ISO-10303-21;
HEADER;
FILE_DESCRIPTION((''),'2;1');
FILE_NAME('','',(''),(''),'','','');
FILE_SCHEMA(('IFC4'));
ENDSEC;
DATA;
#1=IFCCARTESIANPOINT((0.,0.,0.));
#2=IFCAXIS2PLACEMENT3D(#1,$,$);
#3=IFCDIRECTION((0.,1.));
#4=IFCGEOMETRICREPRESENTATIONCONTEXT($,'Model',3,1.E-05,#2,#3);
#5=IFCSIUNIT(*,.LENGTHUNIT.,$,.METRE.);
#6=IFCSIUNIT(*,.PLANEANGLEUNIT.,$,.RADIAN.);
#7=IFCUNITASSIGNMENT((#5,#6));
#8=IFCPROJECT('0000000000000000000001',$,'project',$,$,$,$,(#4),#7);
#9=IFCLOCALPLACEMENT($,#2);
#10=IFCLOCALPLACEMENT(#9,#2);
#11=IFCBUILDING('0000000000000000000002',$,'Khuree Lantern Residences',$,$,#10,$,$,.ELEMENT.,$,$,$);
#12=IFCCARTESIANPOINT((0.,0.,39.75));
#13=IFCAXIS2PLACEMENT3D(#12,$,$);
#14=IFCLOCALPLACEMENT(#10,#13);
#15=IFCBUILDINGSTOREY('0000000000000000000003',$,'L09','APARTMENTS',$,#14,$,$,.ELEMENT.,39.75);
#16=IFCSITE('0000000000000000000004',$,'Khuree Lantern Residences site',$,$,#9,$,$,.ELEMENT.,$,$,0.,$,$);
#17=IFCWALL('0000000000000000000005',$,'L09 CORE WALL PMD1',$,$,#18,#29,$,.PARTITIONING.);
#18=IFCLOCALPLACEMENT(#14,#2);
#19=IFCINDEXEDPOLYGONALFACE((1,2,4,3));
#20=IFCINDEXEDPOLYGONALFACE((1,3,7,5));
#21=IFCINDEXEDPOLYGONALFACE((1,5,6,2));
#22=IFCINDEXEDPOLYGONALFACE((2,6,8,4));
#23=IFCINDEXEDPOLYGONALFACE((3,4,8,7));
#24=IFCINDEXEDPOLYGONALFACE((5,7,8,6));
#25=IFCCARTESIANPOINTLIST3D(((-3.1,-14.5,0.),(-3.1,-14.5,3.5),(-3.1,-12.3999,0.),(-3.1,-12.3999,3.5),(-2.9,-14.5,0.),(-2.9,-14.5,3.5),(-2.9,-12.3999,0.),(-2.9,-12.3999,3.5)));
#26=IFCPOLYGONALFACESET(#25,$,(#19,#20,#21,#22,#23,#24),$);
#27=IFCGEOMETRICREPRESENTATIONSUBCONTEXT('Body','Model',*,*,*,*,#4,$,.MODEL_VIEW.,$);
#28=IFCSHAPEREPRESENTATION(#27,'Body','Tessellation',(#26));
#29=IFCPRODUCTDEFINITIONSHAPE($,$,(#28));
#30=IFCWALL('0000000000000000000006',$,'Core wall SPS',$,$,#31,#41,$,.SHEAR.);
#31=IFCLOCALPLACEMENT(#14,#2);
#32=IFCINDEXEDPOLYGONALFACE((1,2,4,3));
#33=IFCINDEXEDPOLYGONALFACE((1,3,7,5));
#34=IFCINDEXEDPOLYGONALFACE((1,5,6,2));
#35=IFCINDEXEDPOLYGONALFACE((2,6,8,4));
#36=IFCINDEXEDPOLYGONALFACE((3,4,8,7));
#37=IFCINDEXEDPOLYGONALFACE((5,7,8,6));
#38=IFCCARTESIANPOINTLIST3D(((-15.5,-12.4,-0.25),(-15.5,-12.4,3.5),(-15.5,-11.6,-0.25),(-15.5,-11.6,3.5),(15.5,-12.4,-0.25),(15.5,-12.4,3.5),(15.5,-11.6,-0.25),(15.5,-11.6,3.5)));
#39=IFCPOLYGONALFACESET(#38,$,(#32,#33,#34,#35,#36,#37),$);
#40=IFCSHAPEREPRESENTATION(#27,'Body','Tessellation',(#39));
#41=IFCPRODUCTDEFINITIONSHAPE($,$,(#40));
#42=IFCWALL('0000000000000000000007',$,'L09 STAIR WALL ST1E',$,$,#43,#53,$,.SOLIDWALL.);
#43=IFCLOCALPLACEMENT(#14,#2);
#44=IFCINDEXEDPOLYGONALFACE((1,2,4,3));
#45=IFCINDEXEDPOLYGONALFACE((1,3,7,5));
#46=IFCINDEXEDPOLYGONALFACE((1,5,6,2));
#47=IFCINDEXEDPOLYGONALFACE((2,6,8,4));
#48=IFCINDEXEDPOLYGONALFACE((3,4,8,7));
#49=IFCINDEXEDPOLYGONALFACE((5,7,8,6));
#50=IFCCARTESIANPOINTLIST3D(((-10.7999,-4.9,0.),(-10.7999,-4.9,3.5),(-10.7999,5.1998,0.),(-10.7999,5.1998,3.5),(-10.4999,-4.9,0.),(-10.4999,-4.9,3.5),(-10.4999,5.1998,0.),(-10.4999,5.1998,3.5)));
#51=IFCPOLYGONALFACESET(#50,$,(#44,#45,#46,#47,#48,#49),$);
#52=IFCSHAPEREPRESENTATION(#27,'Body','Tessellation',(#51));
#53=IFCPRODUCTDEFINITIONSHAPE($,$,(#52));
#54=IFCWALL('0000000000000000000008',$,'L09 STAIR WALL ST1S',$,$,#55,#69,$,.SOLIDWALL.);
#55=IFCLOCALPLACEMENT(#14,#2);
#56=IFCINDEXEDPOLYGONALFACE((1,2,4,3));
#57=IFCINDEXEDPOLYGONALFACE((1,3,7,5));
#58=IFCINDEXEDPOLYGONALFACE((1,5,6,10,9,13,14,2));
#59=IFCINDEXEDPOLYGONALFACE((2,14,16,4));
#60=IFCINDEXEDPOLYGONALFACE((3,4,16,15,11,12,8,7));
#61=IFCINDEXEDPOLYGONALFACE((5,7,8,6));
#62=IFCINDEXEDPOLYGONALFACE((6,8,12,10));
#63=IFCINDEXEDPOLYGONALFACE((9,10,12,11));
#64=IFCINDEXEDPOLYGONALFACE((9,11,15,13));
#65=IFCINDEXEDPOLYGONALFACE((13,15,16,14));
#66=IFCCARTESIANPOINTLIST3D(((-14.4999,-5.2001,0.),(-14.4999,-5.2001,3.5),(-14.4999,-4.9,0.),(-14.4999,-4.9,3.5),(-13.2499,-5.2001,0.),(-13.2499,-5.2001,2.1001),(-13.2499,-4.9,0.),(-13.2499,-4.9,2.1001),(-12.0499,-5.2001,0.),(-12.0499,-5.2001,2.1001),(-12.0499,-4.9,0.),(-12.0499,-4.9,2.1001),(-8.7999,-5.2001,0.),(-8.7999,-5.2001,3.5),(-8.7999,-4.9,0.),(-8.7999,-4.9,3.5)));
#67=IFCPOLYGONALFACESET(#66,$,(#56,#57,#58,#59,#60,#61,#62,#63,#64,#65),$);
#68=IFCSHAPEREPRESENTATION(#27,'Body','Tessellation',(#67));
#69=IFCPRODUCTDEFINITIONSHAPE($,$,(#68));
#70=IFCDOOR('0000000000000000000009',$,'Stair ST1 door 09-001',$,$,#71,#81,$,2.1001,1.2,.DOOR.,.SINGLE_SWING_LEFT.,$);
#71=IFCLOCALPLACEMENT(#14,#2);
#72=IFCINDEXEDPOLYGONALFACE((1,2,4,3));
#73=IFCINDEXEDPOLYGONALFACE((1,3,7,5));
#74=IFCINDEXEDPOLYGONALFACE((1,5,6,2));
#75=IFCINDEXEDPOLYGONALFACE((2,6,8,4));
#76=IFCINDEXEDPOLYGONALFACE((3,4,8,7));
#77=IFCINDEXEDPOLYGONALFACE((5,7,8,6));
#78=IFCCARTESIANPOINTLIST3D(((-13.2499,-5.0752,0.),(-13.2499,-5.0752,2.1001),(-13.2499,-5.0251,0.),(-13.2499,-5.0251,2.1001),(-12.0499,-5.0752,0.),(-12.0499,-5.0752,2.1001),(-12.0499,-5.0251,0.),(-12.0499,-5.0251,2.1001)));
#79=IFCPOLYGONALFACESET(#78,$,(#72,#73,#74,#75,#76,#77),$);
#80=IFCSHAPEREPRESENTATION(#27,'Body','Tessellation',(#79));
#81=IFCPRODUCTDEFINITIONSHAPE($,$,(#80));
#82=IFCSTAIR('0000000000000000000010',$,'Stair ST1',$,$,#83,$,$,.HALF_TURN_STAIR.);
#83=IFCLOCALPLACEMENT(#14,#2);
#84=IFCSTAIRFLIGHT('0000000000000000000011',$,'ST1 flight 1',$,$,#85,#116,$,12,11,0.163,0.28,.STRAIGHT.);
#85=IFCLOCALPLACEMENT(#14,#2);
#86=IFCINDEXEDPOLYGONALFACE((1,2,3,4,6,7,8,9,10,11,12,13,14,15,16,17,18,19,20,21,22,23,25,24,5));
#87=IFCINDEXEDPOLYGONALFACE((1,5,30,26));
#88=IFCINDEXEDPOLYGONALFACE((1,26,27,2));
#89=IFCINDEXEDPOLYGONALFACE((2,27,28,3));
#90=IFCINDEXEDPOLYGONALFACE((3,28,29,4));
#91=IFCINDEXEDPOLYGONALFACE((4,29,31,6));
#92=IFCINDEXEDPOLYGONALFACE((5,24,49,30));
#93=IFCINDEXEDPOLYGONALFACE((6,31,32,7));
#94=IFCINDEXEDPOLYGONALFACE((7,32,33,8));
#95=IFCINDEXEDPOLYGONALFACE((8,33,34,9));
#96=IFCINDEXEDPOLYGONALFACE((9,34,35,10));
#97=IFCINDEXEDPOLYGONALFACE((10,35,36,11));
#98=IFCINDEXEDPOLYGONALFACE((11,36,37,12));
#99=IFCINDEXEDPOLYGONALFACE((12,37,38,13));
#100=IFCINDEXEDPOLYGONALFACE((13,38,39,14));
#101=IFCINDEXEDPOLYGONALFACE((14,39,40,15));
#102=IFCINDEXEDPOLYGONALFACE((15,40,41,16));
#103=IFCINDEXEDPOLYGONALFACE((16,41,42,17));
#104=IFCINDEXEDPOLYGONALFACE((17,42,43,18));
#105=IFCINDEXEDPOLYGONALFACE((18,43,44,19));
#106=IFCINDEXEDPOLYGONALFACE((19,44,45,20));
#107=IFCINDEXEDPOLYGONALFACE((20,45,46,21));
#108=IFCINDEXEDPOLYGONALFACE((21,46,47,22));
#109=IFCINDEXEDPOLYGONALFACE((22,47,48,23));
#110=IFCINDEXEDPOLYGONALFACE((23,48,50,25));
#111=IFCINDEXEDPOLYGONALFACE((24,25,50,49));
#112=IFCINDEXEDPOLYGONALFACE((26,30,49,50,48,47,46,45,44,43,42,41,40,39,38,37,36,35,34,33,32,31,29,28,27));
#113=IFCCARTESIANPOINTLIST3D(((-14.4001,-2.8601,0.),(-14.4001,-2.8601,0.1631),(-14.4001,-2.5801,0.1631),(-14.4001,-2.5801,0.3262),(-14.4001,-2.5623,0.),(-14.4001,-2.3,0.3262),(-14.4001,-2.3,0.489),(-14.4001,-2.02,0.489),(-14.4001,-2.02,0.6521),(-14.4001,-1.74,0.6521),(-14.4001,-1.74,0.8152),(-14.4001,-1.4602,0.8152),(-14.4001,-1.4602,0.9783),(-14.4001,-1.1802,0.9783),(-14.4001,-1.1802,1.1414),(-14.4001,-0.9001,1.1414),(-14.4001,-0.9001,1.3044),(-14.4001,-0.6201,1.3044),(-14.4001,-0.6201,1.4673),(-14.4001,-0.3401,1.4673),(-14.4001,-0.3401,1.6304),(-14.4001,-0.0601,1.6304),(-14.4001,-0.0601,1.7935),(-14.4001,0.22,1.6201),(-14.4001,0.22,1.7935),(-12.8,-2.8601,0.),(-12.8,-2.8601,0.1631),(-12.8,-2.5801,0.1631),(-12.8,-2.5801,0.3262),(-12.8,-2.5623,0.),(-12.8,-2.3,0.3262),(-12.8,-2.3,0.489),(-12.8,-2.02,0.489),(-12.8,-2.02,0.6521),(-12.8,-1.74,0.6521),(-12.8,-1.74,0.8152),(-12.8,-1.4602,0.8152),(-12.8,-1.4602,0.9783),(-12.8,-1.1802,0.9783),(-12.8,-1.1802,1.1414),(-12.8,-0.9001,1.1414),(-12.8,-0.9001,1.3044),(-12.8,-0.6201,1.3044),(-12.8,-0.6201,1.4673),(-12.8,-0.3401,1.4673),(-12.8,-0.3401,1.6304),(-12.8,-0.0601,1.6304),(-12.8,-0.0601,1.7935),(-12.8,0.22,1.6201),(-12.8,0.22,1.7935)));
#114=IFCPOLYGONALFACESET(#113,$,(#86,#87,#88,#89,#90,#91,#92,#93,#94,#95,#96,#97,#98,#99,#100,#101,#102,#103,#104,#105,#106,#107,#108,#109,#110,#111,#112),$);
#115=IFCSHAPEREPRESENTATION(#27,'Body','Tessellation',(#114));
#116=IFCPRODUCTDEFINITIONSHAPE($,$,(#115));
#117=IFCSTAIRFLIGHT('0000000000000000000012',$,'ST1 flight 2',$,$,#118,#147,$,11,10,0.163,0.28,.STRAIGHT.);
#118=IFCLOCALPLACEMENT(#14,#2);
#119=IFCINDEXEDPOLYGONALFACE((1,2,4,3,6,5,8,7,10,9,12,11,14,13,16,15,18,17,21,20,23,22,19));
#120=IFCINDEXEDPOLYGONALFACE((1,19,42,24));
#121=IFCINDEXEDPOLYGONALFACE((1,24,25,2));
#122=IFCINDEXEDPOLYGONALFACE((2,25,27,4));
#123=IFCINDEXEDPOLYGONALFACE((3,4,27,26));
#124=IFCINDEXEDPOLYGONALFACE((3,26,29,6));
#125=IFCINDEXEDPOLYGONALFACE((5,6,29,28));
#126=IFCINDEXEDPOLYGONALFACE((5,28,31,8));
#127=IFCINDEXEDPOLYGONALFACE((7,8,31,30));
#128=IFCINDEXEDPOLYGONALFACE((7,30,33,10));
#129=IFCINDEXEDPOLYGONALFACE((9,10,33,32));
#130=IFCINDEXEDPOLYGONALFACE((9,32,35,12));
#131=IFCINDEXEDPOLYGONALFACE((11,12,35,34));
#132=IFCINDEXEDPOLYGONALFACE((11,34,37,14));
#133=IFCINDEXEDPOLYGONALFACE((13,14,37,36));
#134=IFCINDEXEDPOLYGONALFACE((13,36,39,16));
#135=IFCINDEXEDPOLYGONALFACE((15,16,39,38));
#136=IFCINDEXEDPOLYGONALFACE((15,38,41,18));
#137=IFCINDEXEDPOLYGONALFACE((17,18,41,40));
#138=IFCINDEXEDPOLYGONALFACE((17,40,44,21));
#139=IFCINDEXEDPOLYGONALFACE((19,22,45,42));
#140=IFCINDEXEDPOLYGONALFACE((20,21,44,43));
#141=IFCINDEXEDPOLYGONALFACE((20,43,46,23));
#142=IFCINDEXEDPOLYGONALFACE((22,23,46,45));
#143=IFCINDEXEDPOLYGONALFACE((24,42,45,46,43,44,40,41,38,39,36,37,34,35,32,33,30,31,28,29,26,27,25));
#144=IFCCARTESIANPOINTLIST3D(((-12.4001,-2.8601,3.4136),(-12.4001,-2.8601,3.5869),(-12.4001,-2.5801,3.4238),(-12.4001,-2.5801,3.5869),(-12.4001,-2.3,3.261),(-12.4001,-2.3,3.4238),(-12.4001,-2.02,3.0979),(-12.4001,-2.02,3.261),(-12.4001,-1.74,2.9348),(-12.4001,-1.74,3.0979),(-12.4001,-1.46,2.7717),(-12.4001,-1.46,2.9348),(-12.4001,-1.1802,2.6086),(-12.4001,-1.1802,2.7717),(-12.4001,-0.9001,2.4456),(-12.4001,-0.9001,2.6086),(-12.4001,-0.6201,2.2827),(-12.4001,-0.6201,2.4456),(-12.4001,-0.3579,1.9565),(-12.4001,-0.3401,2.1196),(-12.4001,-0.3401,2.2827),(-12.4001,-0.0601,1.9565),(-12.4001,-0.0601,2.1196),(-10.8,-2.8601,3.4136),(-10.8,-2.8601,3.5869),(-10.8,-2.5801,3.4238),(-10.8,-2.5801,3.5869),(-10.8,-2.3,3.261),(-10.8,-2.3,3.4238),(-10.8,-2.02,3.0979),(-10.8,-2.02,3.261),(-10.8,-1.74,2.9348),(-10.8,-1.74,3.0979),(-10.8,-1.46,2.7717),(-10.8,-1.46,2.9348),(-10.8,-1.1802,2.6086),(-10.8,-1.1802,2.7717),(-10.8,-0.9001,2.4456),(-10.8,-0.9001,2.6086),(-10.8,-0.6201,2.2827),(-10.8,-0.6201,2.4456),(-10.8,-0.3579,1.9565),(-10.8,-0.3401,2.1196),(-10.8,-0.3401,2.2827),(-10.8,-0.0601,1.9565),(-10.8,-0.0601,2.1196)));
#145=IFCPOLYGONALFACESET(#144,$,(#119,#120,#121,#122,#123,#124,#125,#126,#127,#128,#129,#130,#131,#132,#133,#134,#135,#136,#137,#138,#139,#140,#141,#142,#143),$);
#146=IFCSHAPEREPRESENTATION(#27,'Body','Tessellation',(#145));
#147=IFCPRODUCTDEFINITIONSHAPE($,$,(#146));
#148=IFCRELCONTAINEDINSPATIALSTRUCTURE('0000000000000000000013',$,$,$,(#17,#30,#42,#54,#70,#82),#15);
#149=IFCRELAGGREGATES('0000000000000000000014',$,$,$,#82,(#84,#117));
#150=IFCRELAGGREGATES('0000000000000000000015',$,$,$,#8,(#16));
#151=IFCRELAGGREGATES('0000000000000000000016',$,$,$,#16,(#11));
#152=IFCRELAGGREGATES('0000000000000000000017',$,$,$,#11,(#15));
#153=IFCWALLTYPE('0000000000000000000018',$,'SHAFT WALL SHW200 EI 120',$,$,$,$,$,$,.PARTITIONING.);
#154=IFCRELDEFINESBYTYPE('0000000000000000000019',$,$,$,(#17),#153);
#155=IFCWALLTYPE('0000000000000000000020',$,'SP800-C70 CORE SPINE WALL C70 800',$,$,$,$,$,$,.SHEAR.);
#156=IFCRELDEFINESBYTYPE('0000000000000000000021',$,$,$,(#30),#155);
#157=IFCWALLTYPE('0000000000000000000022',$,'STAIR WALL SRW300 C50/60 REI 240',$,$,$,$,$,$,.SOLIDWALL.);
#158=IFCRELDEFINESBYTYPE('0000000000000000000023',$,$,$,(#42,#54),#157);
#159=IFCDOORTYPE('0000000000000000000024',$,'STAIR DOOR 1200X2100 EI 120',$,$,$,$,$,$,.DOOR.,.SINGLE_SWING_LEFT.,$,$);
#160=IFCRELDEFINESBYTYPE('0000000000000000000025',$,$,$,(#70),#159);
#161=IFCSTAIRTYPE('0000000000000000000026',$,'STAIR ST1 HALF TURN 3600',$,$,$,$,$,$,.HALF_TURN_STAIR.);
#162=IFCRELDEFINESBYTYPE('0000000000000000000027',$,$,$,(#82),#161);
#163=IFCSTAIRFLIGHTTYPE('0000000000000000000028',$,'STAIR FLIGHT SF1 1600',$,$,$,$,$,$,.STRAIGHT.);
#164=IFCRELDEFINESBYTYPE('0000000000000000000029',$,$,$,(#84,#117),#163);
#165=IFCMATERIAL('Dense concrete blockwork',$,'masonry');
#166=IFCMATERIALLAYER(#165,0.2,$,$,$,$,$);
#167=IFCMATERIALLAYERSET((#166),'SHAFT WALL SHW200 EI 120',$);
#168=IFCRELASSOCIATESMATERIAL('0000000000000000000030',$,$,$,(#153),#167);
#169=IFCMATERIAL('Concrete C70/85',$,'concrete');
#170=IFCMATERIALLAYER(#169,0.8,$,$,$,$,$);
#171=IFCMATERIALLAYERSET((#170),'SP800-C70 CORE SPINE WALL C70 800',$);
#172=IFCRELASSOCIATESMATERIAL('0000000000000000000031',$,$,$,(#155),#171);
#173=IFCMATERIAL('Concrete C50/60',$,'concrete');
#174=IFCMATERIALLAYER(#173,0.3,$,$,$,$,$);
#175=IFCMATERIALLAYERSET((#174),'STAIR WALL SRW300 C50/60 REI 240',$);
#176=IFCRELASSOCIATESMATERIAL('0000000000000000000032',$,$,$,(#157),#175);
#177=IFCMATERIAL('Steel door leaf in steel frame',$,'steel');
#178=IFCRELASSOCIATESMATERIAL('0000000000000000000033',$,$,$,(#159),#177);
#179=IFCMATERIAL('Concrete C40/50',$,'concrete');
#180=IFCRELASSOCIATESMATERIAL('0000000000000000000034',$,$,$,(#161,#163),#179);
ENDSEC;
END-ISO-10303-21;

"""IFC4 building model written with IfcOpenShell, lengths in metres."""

from ifc_helpers import new_model, si_unit, direction, frame, frame_2d, origin, place, context, subcontext, project, spatial, polyline, rectangle, outline, extrude, material, layer, layer_set, type_object, element, fill, aggregate, save


model = new_model("IFC4")

# Units and contexts
model_context = context("Model", 3, precision=1e-05, world=origin(), true_north=direction((0.0, 1.0)))
body_context = subcontext(model_context, "Body", "Model", "MODEL_VIEW")
ifc_project = project(units=[si_unit("LENGTHUNIT", "METRE"), si_unit("PLANEANGLEUNIT", "RADIAN")], contexts=[model_context])

# Site, building, storey
site_placement = place(None, origin())
site = spatial("IfcSite", under=ifc_project, at=site_placement, Name="Khuree Lantern Residences site", CompositionType="ELEMENT", RefElevation=0.0)
building_placement = place(site_placement, origin())
building = spatial("IfcBuilding", under=site, at=building_placement, Name="Khuree Lantern Residences", CompositionType="ELEMENT")
storey_placement = place(building_placement, frame((0.0, 0.0, 39.75)))
storey = spatial("IfcBuildingStorey", under=building, at=storey_placement, Name="L09", Description="APARTMENTS", CompositionType="ELEMENT", Elevation=39.75)

# Shared definitions
ifc_material_1 = material(Name="Concrete C70/85", Category="concrete")

# Shared definitions
ifc_material_2 = material(Name="Dense concrete blockwork", Category="masonry")

# Shared definitions
ifc_material_3 = material(Name="Steel door leaf in steel frame", Category="steel")

# Walls
ifc_layer_1 = layer(ifc_material_2, 0.2)
ifc_layer_set_1 = layer_set([ifc_layer_1], Name="SHAFT WALL SHW200 EI 120")
wall_type_1 = type_object("IfcWallType", Name="SHAFT WALL SHW200 EI 120", PredefinedType="PARTITIONING", material=ifc_layer_set_1)
wall_1_placement = place(storey_placement, frame((-3.0, -14.5, 0.0), z_axis=(0.0, 0.0, 1.0), x_axis=(0.0, 1.0, 0.0)))
element("IfcWall", 1, at=wall_1_placement, inside=storey, type_object=wall_type_1, Name="L09 CORE WALL PMD1", PredefinedType="PARTITIONING", context=body_context, shape_type="SweptSolid", body=[
    extrude(rectangle(XDim=2.1001, YDim=0.2, at=frame_2d((1.05, 0.0))), origin(), (0.0, 0.0, 1.0), 3.5),
])
ifc_layer_2 = layer(ifc_material_1, 0.8)
ifc_layer_set_2 = layer_set([ifc_layer_2], Name="SP800-C70 CORE SPINE WALL C70 800")
wall_type_2 = type_object("IfcWallType", Name="SP800-C70 CORE SPINE WALL C70 800", PredefinedType="SHEAR", material=ifc_layer_set_2)
wall_2_placement = place(storey_placement, frame((-15.5, -12.0, -0.25), z_axis=(0.0, 0.0, 1.0), x_axis=(1.0, 0.0, 0.0)))
element("IfcWall", 2, at=wall_2_placement, inside=storey, type_object=wall_type_2, Name="Core wall SPS", PredefinedType="SHEAR", context=body_context, shape_type="SweptSolid", body=[
    extrude(rectangle(XDim=31.0, YDim=0.8, at=frame_2d((15.5, 0.0))), origin(), (0.0, 0.0, 1.0), 3.75),
])
ifc_material_4 = material(Name="Concrete C50/60", Category="concrete")
ifc_layer_3 = layer(ifc_material_4, 0.3)
ifc_layer_set_3 = layer_set([ifc_layer_3], Name="STAIR WALL SRW300 C50/60 REI 240")
wall_type_3 = type_object("IfcWallType", Name="STAIR WALL SRW300 C50/60 REI 240", PredefinedType="SOLIDWALL", material=ifc_layer_set_3)
wall_3_placement = place(storey_placement, frame((-10.6499, -4.8999, 0.0), z_axis=(0.0, 0.0, 1.0), x_axis=(0.0, 1.0, 0.0)))
element("IfcWall", 3, at=wall_3_placement, inside=storey, type_object=wall_type_3, Name="L09 STAIR WALL ST1E", PredefinedType="SOLIDWALL", context=body_context, shape_type="SweptSolid", body=[
    extrude(rectangle(XDim=10.0999, YDim=0.3, at=frame_2d((5.0498, 0.0))), origin(), (0.0, 0.0, 1.0), 3.5),
])

# Wall, opening, door
wall_4_placement = place(storey_placement, frame((-14.5, -5.05, 0.0), z_axis=(0.0, 0.0, 1.0), x_axis=(1.0, 0.0, 0.0)))
wall_4 = element("IfcWall", 4, at=wall_4_placement, inside=storey, type_object=wall_type_3, Name="L09 STAIR WALL ST1S", PredefinedType="SOLIDWALL", context=body_context, shape_type="SweptSolid", body=[
    extrude(rectangle(XDim=5.7, YDim=0.3, at=frame_2d((2.8501, 0.0))), origin(), (0.0, 0.0, 1.0), 3.5),
])
opening_1_placement = place(wall_4_placement, frame((1.25, 0.0, 0.0)))
opening_1 = element("IfcOpeningElement", 5, at=opening_1_placement, cuts=wall_4, PredefinedType="OPENING", context=body_context, shape_type="SweptSolid", body=[
    extrude(rectangle(XDim=1.2, YDim=2.1001, at=frame_2d((0.6001, 1.05))), frame((0.0, 0.1602, 0.0), z_axis=(0.0, -1.0, 0.0), x_axis=(1.0, 0.0, 0.0)), (0.0, 0.0, 1.0), 0.3201),
])
door_type_1 = type_object("IfcDoorType", Name="STAIR DOOR 1200X2100 EI 120", OperationType="SINGLE_SWING_LEFT", PredefinedType="DOOR", material=ifc_material_3)
door_1_placement = place(opening_1_placement, origin())
door_1 = element("IfcDoor", 6, at=door_1_placement, inside=storey, type_object=door_type_1, Name="Stair ST1 door 09-001", OperationType="SINGLE_SWING_LEFT", OverallHeight=2.1001, OverallWidth=1.2, PredefinedType="DOOR", context=body_context, shape_type="SweptSolid", body=[
    extrude(rectangle(XDim=1.2, YDim=2.1001, at=frame_2d((0.6001, 1.05))), frame((0.0, 0.0249, 0.0), z_axis=(0.0, -1.0, 0.0), x_axis=(1.0, 0.0, 0.0)), (0.0, 0.0, 1.0), 0.05),
])
fill(opening_1, door_1)

# Stair, stair flights
ifc_material_5 = material(Name="Concrete C40/50", Category="concrete")
stair_type = type_object("IfcStairType", Name="STAIR ST1 HALF TURN 3600", PredefinedType="HALF_TURN_STAIR", material=ifc_material_5)
stair_placement = place(storey_placement, origin())
stair = element("IfcStair", 7, at=stair_placement, inside=storey, type_object=stair_type, Name="Stair ST1", PredefinedType="HALF_TURN_STAIR")
stair_flight_type = type_object("IfcStairFlightType", Name="STAIR FLIGHT SF1 1600", PredefinedType="STRAIGHT", material=ifc_material_5)
stair_flight_1_placement = place(storey_placement, frame((-13.6001, -2.8601, 0.0), z_axis=(0.0, 0.0, 1.0), x_axis=(0.0, 1.0, 0.0)))
stair_flight_1 = element("IfcStairFlight", 8, at=stair_flight_1_placement, type_object=stair_flight_type, Name="ST1 flight 1", NumberOfRisers=12, NumberOfTreads=11, PredefinedType="STRAIGHT", RiserHeight=0.163, TreadLength=0.28, context=body_context, shape_type="SweptSolid", body=[
    extrude(outline(polyline([(0.0, 0.0), (0.0, 0.1631), (0.28, 0.1631), (0.28, 0.3262), (0.5601, 0.3262), (0.5601, 0.489), (0.8401, 0.489), (0.8401, 0.6521), (1.1201, 0.6521), (1.1201, 0.8152), (1.3999, 0.8152), (1.3999, 0.9783), (1.6799, 0.9783), (1.6799, 1.1414), (1.96, 1.1414), (1.96, 1.3044), (2.24, 1.3044), (2.24, 1.4673), (2.52, 1.4673), (2.52, 1.6304), (2.8, 1.6304), (2.8, 1.7935), (3.0801, 1.7935), (3.0801, 1.9565), (3.0801, 1.6201), (0.2979, 0.0), (0.0, 0.0)])), frame((0.0, 0.8, 0.0), z_axis=(0.0, -1.0, 0.0), x_axis=(1.0, 0.0, 0.0)), (0.0, 0.0, 1.0), 1.6001),
])
stair_flight_2_placement = place(storey_placement, frame((-11.6001, -0.0601, 1.9565), z_axis=(0.0, 0.0, 1.0), x_axis=(0.0, -1.0, 0.0)))
stair_flight_2 = element("IfcStairFlight", 9, at=stair_flight_2_placement, type_object=stair_flight_type, Name="ST1 flight 2", NumberOfRisers=11, NumberOfTreads=10, PredefinedType="STRAIGHT", RiserHeight=0.163, TreadLength=0.28, context=body_context, shape_type="SweptSolid", body=[
    extrude(outline(polyline([(0.0, 0.0), (0.0, 0.1631), (0.28, 0.1631), (0.28, 0.3262), (0.5601, 0.3262), (0.5601, 0.489), (0.8401, 0.489), (0.8401, 0.6521), (1.1201, 0.6521), (1.1201, 0.8152), (1.3999, 0.8152), (1.3999, 0.9783), (1.6799, 0.9783), (1.6799, 1.1414), (1.96, 1.1414), (1.96, 1.3044), (2.24, 1.3044), (2.24, 1.4673), (2.52, 1.4673), (2.52, 1.6304), (2.8, 1.6304), (2.8, 1.7935), (2.8, 1.457), (0.2979, 0.0), (0.0, 0.0)])), frame((0.0, 0.8, 0.0), z_axis=(0.0, -1.0, 0.0), x_axis=(1.0, 0.0, 0.0)), (0.0, 0.0, 1.0), 1.6001),
])
aggregate(stair, [stair_flight_1, stair_flight_2])

save(model, "model.ifc")
